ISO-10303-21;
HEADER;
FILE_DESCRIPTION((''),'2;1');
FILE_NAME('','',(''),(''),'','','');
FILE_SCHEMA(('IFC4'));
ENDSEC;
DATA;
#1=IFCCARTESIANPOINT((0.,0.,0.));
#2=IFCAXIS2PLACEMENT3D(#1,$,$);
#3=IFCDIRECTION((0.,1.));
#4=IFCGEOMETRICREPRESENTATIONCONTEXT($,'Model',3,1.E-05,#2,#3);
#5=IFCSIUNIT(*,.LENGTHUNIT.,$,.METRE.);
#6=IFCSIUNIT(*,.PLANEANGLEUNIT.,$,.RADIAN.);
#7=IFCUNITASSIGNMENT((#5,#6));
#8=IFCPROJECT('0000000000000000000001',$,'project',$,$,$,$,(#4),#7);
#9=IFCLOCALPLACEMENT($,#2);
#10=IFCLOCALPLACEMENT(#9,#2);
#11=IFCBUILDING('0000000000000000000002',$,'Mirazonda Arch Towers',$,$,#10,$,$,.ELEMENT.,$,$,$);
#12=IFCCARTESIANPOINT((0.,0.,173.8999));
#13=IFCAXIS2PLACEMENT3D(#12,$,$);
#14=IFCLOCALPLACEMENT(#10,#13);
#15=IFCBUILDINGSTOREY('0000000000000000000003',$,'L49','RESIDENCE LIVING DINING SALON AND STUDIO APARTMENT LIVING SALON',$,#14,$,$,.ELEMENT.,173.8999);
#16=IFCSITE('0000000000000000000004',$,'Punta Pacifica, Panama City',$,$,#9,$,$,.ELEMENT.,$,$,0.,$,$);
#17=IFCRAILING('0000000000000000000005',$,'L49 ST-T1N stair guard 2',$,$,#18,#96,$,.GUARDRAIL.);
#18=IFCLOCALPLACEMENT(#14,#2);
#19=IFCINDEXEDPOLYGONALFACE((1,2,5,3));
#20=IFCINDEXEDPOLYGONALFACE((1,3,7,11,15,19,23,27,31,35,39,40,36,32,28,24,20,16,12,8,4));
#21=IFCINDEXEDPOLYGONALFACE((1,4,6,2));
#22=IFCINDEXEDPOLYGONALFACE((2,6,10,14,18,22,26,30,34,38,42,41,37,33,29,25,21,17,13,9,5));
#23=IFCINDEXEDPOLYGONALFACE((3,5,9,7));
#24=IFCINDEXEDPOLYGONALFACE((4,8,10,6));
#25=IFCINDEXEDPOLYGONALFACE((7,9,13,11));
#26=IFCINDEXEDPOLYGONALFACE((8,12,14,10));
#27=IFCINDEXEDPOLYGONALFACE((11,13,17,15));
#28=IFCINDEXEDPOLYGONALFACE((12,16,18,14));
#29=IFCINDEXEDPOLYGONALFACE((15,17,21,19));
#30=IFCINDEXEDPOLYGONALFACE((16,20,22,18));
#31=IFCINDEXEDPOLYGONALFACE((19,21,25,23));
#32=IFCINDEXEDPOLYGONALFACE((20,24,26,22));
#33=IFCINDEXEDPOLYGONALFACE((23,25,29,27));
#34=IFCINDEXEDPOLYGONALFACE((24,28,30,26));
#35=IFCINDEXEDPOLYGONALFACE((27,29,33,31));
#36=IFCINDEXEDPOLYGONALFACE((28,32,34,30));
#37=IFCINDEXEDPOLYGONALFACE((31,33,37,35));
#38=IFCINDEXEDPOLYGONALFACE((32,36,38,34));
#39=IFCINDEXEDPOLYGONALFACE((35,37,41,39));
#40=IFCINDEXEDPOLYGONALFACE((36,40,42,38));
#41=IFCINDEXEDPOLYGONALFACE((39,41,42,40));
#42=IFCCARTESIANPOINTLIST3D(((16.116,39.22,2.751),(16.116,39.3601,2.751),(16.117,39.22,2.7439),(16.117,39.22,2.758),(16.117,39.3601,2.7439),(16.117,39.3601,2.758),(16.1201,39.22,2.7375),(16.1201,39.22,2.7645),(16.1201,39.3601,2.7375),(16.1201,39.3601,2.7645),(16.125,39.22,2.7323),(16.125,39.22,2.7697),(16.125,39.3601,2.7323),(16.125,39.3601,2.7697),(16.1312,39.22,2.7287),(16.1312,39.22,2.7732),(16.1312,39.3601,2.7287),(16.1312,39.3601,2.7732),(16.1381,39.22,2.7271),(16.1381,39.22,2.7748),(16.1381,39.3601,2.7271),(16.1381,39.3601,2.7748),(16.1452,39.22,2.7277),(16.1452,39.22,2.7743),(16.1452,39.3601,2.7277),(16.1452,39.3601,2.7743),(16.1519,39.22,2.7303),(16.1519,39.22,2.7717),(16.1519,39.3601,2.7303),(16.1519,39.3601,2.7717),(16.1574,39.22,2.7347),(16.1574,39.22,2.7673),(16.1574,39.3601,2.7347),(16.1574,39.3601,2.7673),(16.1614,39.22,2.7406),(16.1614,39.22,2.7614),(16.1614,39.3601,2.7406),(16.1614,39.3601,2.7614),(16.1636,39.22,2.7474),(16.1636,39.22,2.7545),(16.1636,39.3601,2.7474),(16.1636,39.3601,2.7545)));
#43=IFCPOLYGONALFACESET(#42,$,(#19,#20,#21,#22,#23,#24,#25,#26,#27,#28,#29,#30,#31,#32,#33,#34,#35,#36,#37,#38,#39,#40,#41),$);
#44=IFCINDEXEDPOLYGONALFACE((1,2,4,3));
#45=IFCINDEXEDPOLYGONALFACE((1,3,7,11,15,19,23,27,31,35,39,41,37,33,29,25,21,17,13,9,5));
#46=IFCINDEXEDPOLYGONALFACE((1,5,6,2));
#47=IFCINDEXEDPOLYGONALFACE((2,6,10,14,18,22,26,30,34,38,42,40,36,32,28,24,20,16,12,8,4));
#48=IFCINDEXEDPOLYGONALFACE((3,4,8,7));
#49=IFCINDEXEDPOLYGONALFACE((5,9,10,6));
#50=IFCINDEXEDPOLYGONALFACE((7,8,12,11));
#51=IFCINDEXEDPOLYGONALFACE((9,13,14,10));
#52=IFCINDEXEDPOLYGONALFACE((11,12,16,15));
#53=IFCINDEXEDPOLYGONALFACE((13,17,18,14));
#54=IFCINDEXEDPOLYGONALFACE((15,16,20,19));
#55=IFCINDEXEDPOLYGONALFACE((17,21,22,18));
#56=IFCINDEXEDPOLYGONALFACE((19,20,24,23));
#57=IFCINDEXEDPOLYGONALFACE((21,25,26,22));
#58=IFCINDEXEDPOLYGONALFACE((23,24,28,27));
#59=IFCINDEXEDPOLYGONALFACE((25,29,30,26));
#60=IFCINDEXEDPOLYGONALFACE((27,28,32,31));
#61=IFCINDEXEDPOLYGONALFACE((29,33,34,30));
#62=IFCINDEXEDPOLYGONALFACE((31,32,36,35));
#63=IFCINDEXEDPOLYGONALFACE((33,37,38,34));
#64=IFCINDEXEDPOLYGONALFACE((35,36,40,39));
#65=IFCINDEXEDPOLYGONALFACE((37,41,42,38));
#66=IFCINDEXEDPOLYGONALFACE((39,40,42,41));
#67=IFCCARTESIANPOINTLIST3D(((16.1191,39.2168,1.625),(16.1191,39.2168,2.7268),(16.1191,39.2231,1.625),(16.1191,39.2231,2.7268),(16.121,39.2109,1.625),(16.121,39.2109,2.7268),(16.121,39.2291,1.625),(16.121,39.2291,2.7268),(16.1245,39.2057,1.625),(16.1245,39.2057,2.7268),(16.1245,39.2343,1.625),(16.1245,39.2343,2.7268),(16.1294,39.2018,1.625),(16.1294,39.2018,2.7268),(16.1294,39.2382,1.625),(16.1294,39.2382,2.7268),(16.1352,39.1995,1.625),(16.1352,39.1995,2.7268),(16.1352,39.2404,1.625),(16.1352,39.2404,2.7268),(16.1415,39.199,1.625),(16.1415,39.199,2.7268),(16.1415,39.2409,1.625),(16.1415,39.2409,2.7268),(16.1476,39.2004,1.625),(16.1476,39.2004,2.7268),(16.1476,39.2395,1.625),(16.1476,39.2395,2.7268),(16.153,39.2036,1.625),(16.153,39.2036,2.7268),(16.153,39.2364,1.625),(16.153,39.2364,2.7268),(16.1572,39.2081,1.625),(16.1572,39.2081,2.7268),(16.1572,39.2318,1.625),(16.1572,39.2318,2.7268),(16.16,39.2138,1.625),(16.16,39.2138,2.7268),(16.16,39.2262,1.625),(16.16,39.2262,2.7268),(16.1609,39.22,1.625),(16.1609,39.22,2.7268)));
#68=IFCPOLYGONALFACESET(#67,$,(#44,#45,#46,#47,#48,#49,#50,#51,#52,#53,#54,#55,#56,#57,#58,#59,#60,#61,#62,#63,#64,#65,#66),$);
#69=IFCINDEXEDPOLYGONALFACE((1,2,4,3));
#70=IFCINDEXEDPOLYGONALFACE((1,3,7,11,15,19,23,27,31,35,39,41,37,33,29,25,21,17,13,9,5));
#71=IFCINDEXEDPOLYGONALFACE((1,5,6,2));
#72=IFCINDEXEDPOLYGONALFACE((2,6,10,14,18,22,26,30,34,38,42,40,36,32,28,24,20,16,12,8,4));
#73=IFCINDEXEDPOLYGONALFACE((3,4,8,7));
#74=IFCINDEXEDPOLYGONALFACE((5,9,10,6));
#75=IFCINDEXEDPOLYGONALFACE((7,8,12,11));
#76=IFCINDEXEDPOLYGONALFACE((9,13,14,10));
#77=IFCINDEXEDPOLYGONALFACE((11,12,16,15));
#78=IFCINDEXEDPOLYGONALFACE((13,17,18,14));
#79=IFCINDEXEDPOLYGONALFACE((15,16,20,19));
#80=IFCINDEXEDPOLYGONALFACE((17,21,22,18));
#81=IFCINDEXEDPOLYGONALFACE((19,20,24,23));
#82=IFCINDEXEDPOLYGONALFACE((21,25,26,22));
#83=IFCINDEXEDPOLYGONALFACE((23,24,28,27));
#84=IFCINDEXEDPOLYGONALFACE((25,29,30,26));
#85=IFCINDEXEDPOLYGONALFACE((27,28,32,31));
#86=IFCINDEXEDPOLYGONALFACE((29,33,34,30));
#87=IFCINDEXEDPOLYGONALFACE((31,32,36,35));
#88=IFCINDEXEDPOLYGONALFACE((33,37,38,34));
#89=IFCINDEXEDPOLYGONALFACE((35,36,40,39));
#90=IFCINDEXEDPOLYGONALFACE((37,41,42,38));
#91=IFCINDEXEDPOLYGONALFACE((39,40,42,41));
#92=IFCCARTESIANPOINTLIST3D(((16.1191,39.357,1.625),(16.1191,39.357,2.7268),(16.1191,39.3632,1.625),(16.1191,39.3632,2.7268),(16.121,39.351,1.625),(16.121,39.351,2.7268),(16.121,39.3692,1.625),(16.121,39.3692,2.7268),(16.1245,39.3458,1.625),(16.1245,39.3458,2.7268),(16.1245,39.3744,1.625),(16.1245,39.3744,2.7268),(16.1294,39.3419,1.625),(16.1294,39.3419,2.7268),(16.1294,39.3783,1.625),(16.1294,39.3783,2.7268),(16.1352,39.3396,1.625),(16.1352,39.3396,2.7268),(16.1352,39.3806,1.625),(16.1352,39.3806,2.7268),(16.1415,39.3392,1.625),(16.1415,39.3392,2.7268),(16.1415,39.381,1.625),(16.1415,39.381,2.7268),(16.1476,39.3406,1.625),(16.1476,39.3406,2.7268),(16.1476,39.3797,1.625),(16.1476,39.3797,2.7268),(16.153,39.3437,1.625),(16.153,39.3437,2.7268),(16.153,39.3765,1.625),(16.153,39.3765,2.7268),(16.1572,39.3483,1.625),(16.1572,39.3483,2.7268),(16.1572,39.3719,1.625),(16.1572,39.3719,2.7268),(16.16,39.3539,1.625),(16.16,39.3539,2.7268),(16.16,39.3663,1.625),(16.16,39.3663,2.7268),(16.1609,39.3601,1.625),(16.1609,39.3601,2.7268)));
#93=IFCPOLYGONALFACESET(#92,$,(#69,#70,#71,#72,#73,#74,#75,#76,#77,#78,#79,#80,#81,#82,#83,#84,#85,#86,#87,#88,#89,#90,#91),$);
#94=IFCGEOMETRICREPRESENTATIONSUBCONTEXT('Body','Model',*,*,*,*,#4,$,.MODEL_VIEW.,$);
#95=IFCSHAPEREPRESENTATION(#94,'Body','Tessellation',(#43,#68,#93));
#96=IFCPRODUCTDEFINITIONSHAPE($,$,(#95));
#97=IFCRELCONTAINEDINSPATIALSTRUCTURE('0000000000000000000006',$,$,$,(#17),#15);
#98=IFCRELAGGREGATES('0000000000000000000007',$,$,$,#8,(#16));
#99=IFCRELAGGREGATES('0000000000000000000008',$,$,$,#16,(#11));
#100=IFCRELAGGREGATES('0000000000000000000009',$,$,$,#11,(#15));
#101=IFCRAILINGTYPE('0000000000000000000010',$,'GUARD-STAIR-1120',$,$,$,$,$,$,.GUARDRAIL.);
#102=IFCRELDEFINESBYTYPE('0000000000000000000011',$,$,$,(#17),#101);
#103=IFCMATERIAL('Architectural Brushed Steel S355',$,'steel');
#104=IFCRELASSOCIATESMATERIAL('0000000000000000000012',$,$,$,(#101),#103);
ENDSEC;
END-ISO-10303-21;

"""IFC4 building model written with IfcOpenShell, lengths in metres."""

from ifc_helpers import new_model, si_unit, direction, frame, origin, origin_2d, place, context, subcontext, project, spatial, circle, extrude, material, type_object, element, save


model = new_model("IFC4")

# Units and contexts
model_context = context("Model", 3, precision=1e-05, world=origin(), true_north=direction((0.0, 1.0)))
body_context = subcontext(model_context, "Body", "Model", "MODEL_VIEW")
ifc_project = project(units=[si_unit("LENGTHUNIT", "METRE"), si_unit("PLANEANGLEUNIT", "RADIAN")], contexts=[model_context])

# Site, building, storey
site_placement = place(None, origin())
site = spatial("IfcSite", under=ifc_project, at=site_placement, Name="Punta Pacifica, Panama City", CompositionType="ELEMENT", RefElevation=0.0)
building_placement = place(site_placement, origin())
building = spatial("IfcBuilding", under=site, at=building_placement, Name="Mirazonda Arch Towers", CompositionType="ELEMENT")
storey_placement = place(building_placement, frame((0.0, 0.0, 173.8999)))
storey = spatial("IfcBuildingStorey", under=building, at=storey_placement, Name="L49", Description="RESIDENCE LIVING DINING SALON AND STUDIO APARTMENT LIVING SALON", CompositionType="ELEMENT", Elevation=173.8999)

# Shared definitions
ifc_material_1 = material(Name="Architectural Brushed Steel S355", Category="steel")

# Railing
railing_type_1 = type_object("IfcRailingType", Name="GUARD-STAIR-1120", PredefinedType="GUARDRAIL", material=ifc_material_1)
railing_1_placement = place(storey_placement, frame((16.1399, 39.22, 1.625)))
element("IfcRailing", 1, at=railing_1_placement, inside=storey, type_object=railing_type_1, Name="L49 ST-T1N stair guard 2", PredefinedType="GUARDRAIL", context=body_context, shape_type="SweptSolid", body=[
    extrude(circle(Radius=0.0239, at=origin_2d()), frame((0.0, 0.0, 1.126), z_axis=(0.0, 1.0, 0.0), x_axis=(-1.0, 0.0, 0.0)), (0.0, 0.0, 1.0), 0.1401),
    extrude(circle(Radius=0.021, at=origin_2d()), origin(), (0.0, 0.0, 1.0), 1.1018),
    extrude(circle(Radius=0.021, at=origin_2d()), frame((0.0, 0.1401, 0.0)), (0.0, 0.0, 1.0), 1.1018),
])

save(model, "model.ifc")
